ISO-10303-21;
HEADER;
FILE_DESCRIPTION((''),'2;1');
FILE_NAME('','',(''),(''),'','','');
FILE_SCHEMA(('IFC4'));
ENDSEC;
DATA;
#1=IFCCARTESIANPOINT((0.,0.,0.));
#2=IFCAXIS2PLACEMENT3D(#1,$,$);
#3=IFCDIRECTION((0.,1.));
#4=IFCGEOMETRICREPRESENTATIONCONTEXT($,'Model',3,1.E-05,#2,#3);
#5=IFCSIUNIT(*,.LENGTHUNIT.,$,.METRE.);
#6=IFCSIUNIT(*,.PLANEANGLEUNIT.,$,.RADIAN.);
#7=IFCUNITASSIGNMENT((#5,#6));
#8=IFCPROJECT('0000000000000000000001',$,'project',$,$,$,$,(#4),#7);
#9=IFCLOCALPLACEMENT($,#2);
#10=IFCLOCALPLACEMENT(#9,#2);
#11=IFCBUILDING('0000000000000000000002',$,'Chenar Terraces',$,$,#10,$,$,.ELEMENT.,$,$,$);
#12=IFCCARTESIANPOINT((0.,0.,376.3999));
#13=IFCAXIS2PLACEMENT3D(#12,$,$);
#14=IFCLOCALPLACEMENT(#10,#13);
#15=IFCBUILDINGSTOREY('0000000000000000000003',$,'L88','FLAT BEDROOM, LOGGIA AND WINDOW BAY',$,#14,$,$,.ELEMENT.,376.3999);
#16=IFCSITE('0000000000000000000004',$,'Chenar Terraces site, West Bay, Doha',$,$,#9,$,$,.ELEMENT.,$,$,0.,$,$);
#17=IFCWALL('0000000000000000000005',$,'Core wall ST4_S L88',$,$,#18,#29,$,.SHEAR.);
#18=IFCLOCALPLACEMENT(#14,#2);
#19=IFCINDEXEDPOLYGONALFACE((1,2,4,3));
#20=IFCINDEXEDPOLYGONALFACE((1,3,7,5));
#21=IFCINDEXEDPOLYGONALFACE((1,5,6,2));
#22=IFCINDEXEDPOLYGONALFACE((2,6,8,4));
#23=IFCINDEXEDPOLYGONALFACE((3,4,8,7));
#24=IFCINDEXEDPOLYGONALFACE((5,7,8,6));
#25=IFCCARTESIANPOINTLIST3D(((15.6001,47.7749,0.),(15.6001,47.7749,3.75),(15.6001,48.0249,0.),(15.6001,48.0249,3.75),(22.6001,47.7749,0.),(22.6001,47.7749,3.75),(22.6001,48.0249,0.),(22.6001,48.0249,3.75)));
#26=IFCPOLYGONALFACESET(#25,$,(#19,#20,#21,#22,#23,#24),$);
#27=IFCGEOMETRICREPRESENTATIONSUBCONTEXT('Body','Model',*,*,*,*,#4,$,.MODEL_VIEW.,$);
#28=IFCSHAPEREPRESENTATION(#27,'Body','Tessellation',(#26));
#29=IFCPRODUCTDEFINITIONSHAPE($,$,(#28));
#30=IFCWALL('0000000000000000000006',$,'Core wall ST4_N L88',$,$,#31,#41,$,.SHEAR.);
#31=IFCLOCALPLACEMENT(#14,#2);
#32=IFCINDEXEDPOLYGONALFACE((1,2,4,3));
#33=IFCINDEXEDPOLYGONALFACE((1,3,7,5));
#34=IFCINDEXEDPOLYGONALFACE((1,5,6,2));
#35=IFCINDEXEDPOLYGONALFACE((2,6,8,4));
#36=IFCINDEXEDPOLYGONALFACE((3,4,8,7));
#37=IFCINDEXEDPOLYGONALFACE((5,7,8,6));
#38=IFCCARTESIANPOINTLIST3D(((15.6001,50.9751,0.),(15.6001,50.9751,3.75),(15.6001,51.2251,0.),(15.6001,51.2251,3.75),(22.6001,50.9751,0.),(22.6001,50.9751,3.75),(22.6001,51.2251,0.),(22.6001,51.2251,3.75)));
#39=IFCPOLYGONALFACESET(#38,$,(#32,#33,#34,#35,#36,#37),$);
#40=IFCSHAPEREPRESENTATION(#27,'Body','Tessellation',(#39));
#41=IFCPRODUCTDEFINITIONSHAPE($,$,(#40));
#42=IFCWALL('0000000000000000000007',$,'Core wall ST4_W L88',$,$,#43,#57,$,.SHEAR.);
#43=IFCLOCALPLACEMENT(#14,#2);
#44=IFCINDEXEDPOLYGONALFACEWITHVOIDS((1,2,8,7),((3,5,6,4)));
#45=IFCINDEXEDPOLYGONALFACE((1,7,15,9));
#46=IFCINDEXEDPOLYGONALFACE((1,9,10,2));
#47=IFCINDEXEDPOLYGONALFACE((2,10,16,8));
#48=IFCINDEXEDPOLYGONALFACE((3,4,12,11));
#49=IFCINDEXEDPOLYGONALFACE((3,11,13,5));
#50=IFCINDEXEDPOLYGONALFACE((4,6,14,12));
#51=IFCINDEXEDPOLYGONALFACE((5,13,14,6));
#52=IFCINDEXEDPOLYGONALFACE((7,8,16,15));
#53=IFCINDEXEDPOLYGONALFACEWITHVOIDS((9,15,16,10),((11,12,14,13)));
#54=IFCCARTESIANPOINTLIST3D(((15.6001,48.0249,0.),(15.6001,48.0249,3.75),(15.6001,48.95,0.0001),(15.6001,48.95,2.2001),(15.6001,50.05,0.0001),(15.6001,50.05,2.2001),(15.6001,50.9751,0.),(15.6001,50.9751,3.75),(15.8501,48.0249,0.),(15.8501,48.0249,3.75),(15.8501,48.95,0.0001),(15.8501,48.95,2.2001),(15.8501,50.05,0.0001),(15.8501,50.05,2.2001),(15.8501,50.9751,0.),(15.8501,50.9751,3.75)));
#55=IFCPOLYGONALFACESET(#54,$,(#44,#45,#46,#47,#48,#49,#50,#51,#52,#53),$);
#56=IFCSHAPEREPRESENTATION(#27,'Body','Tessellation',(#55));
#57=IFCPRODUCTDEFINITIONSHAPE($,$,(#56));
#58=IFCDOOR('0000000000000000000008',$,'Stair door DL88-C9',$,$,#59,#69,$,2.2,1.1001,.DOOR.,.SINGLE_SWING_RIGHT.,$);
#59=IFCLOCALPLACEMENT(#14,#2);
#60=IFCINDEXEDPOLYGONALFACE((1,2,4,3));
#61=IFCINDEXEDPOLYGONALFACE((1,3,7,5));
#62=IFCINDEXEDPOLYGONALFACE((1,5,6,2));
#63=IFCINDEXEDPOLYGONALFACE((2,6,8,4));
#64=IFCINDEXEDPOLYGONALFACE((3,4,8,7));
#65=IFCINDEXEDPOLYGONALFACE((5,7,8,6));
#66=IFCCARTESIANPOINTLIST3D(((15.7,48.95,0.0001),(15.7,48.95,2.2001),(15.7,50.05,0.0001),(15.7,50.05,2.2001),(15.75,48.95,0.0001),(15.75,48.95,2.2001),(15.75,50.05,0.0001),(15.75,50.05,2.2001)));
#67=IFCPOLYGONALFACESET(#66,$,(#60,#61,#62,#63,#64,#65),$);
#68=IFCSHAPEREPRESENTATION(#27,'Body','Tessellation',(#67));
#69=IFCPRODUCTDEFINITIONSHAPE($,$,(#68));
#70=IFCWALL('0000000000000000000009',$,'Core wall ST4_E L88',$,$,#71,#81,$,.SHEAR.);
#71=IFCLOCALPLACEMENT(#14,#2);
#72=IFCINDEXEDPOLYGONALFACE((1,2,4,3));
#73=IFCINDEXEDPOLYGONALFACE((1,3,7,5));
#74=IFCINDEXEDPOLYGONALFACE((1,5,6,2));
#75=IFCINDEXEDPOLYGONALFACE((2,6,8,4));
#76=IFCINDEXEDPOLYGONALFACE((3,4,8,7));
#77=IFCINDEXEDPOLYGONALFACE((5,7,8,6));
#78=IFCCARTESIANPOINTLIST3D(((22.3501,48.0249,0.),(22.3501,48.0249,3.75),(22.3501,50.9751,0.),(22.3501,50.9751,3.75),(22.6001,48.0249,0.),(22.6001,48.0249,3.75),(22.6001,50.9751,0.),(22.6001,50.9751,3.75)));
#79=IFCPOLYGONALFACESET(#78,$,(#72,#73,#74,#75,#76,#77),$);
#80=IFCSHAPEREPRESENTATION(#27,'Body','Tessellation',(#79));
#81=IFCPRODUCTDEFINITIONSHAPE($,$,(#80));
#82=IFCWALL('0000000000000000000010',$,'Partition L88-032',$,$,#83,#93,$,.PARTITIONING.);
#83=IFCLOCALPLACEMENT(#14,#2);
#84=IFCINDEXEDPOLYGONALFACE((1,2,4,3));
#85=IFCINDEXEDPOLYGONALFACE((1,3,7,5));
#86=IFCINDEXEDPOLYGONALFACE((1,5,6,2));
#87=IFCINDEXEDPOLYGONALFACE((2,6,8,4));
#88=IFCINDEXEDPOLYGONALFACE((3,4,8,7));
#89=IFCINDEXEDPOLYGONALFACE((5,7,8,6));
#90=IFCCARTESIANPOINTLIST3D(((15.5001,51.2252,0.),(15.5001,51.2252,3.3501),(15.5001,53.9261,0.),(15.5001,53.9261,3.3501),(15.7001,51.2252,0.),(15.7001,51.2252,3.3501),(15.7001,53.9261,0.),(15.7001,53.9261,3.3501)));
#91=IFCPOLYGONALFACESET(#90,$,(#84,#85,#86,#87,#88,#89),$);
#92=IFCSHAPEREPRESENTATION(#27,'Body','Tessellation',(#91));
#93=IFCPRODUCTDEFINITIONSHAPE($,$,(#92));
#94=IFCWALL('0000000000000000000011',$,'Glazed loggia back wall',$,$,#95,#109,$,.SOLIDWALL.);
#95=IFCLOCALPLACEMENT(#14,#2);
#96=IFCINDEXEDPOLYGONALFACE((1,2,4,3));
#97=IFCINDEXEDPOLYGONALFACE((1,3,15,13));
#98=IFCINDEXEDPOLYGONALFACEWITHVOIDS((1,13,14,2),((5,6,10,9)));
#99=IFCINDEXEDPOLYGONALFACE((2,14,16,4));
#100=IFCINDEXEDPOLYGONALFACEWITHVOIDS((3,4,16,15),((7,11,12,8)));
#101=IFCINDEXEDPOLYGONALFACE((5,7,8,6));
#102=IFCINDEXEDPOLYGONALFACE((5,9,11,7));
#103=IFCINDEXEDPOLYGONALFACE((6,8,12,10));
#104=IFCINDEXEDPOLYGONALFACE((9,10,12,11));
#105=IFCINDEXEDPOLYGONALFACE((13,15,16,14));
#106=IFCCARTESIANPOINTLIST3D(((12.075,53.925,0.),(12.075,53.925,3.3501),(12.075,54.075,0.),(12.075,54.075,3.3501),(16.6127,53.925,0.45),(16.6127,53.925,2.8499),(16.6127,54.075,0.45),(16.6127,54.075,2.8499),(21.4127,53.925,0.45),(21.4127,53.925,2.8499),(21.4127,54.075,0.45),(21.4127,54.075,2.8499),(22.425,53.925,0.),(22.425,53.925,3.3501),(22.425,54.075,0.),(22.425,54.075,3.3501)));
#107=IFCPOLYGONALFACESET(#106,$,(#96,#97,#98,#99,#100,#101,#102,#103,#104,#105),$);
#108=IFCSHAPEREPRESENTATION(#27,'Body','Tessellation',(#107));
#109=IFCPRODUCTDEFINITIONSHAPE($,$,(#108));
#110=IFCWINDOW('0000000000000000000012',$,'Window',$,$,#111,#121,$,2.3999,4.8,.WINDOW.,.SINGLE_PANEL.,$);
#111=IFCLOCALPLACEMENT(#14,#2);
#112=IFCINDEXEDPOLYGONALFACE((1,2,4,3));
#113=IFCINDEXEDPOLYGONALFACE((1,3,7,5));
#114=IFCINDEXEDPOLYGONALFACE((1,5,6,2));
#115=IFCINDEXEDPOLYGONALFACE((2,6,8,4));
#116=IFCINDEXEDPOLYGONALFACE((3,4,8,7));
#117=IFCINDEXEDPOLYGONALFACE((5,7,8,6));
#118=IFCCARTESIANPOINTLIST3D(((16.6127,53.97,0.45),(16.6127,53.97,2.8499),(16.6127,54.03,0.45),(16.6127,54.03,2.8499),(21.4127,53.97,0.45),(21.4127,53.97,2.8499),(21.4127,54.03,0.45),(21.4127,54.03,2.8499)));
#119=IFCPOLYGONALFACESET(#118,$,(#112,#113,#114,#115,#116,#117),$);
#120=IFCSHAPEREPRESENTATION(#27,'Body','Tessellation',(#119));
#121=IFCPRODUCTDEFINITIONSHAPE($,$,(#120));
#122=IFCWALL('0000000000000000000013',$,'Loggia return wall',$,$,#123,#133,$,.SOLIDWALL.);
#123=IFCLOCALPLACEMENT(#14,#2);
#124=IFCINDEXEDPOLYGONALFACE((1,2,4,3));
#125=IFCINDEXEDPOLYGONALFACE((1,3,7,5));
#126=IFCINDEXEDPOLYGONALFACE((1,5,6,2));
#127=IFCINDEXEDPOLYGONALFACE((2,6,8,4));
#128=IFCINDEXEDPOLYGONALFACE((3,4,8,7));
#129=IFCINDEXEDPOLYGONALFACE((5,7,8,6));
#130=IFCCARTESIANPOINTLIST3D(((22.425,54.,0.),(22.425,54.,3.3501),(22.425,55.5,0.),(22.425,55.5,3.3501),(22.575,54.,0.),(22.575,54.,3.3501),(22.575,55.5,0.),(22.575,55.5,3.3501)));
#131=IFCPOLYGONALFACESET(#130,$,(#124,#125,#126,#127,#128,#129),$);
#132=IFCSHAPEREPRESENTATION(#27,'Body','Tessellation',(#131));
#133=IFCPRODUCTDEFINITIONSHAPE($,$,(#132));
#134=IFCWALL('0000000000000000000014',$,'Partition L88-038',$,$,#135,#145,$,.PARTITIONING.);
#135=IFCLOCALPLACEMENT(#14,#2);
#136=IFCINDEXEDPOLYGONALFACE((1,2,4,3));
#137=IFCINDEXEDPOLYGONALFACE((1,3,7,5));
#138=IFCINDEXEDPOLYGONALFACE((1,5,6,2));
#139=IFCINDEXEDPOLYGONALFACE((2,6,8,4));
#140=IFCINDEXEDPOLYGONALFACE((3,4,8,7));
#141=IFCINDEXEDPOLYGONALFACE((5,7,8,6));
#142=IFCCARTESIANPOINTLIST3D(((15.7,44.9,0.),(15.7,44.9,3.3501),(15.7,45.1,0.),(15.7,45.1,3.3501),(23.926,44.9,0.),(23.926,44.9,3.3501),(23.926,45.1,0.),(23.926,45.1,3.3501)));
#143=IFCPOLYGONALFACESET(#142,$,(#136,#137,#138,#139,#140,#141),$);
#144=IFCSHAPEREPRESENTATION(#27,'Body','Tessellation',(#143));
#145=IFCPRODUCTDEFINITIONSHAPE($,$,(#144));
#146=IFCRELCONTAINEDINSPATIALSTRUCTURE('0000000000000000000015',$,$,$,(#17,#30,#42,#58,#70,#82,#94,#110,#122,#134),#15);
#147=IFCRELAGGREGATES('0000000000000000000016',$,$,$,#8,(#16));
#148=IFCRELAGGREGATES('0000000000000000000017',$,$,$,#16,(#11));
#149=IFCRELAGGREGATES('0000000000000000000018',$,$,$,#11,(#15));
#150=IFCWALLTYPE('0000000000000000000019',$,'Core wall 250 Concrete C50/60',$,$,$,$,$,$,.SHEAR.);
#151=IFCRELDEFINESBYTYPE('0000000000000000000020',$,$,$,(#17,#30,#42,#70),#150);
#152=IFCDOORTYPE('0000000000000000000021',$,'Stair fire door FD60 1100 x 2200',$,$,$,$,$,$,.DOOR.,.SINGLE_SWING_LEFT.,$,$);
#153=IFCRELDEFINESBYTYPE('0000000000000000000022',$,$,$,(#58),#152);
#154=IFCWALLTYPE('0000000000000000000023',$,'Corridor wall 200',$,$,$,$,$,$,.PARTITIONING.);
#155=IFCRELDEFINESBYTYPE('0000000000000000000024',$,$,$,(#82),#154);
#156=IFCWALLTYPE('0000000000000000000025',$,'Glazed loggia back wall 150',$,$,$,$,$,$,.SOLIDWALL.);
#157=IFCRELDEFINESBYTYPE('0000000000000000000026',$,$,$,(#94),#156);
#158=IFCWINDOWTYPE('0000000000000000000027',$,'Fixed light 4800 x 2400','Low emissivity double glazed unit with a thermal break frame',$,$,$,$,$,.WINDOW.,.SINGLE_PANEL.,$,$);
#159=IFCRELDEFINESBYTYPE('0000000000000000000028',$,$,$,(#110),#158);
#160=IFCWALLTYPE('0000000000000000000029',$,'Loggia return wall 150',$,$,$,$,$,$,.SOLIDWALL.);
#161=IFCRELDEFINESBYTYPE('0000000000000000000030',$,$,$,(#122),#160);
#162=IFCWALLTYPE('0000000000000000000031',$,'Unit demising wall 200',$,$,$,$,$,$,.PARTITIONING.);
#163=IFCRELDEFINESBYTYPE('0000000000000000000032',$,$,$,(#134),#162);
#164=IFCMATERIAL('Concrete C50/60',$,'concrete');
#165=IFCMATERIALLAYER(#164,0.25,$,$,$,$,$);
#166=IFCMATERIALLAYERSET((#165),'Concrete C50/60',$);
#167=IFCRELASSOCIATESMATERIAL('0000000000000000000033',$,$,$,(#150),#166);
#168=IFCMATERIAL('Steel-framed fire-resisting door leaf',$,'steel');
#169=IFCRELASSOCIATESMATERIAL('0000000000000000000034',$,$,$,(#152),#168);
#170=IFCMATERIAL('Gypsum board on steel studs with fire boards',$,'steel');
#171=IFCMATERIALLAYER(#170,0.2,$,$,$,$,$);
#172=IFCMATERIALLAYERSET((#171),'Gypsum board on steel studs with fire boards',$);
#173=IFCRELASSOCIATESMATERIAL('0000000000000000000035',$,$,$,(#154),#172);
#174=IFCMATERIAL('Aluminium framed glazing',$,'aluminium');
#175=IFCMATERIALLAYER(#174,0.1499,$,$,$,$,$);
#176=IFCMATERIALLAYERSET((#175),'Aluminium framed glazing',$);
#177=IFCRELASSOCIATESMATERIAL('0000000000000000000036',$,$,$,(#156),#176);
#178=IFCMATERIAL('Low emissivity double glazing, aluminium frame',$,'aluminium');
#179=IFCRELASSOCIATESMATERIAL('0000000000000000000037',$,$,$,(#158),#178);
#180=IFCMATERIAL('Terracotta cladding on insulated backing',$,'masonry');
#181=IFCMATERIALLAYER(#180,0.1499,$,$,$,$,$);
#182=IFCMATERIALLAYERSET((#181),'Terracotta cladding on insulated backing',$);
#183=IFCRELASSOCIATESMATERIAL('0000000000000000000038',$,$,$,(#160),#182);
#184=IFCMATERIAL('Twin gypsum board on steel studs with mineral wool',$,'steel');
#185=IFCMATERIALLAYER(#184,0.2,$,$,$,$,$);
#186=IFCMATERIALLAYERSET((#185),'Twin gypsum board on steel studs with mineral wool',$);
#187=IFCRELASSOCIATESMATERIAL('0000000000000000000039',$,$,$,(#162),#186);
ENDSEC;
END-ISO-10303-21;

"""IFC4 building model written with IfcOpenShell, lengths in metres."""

from ifc_helpers import new_model, si_unit, direction, frame, frame_2d, origin, place, context, subcontext, project, spatial, rectangle, extrude, material, layer, layer_set, type_object, element, fill, save


model = new_model("IFC4")

# Units and contexts
model_context = context("Model", 3, precision=1e-05, world=origin(), true_north=direction((0.0, 1.0)))
body_context = subcontext(model_context, "Body", "Model", "MODEL_VIEW")
ifc_project = project(units=[si_unit("LENGTHUNIT", "METRE"), si_unit("PLANEANGLEUNIT", "RADIAN")], contexts=[model_context])

# Site, building, storey
site_placement = place(None, origin())
site = spatial("IfcSite", under=ifc_project, at=site_placement, Name="Chenar Terraces site, West Bay, Doha", CompositionType="ELEMENT", RefElevation=0.0)
building_placement = place(site_placement, origin())
building = spatial("IfcBuilding", under=site, at=building_placement, Name="Chenar Terraces", CompositionType="ELEMENT")
storey_placement = place(building_placement, frame((0.0, 0.0, 376.3999)))
storey = spatial("IfcBuildingStorey", under=building, at=storey_placement, Name="L88", Description="FLAT BEDROOM, LOGGIA AND WINDOW BAY", CompositionType="ELEMENT", Elevation=376.3999)

# Walls
ifc_material_1 = material(Name="Concrete C50/60", Category="concrete")
ifc_layer_1 = layer(ifc_material_1, 0.25)
ifc_layer_set_1 = layer_set([ifc_layer_1], Name="Concrete C50/60")
wall_type_1 = type_object("IfcWallType", Name="Core wall 250 Concrete C50/60", PredefinedType="SHEAR", material=ifc_layer_set_1)
for number, where, z_axis, x_axis, name in (
    (1, (15.6001, 47.8999, 0.0), (0.0, 0.0, 1.0), (1.0, 0.0, 0.0), "Core wall ST4_S L88"),
    (2, (15.6001, 51.1001, 0.0), (0.0, 0.0, 1.0), (1.0, 0.0, 0.0), "Core wall ST4_N L88"),
):
    element("IfcWall", number, at=place(storey_placement, frame(where, z_axis=z_axis, x_axis=x_axis)), inside=storey, type_object=wall_type_1, Name=name, PredefinedType="SHEAR", context=body_context, shape_type="SweptSolid", body=[
        extrude(rectangle(XDim=7.0, YDim=0.25, at=frame_2d((3.5, 0.0))), origin(), (0.0, 0.0, 1.0), 3.75),
    ])

# Wall, opening, door
wall_1_placement = place(storey_placement, frame((15.7251, 48.0249, 0.0), z_axis=(0.0, 0.0, 1.0), x_axis=(0.0, 1.0, 0.0)))
wall_1 = element("IfcWall", 3, at=wall_1_placement, inside=storey, type_object=wall_type_1, Name="Core wall ST4_W L88", PredefinedType="SHEAR", context=body_context, shape_type="SweptSolid", body=[
    extrude(rectangle(XDim=2.9502, YDim=0.25, at=frame_2d((1.4751, 0.0))), origin(), (0.0, 0.0, 1.0), 3.75),
])
opening_1_placement = place(wall_1_placement, frame((0.925, 0.0, 0.0)))
opening_1 = element("IfcOpeningElement", 4, at=opening_1_placement, cuts=wall_1, PredefinedType="OPENING", context=body_context, shape_type="SweptSolid", body=[
    extrude(rectangle(XDim=1.1001, YDim=2.2, at=frame_2d((0.55, 1.1001))), frame((0.0, 0.135, 0.0), z_axis=(0.0, -1.0, 0.0), x_axis=(1.0, 0.0, 0.0)), (0.0, 0.0, 1.0), 0.27),
])
ifc_material_2 = material(Name="Steel-framed fire-resisting door leaf", Category="steel")
door_type = type_object("IfcDoorType", Name="Stair fire door FD60 1100 x 2200", OperationType="SINGLE_SWING_LEFT", PredefinedType="DOOR", material=ifc_material_2)
door_placement = place(opening_1_placement, frame((1.1001, 0.0, 0.0), z_axis=(0.0, 0.0, 1.0), x_axis=(-1.0, 0.0, 0.0)))
door = element("IfcDoor", 5, at=door_placement, inside=storey, type_object=door_type, Name="Stair door DL88-C9", OperationType="SINGLE_SWING_RIGHT", OverallHeight=2.2, OverallWidth=1.1001, PredefinedType="DOOR", context=body_context, shape_type="SweptSolid", body=[
    extrude(rectangle(XDim=1.1001, YDim=2.2, at=frame_2d((0.55, 1.1001))), frame((0.0, 0.0249, 0.0), z_axis=(0.0, -1.0, 0.0), x_axis=(1.0, 0.0, 0.0)), (0.0, 0.0, 1.0), 0.05),
])
fill(opening_1, door)

# Walls
wall_2_placement = place(storey_placement, frame((22.4751, 48.0249, 0.0), z_axis=(0.0, 0.0, 1.0), x_axis=(0.0, 1.0, 0.0)))
element("IfcWall", 6, at=wall_2_placement, inside=storey, type_object=wall_type_1, Name="Core wall ST4_E L88", PredefinedType="SHEAR", context=body_context, shape_type="SweptSolid", body=[
    extrude(rectangle(XDim=2.9502, YDim=0.25, at=frame_2d((1.4751, 0.0))), origin(), (0.0, 0.0, 1.0), 3.75),
])
ifc_material_3 = material(Name="Gypsum board on steel studs with fire boards", Category="steel")
ifc_layer_2 = layer(ifc_material_3, 0.2)
ifc_layer_set_2 = layer_set([ifc_layer_2], Name="Gypsum board on steel studs with fire boards")
wall_type_2 = type_object("IfcWallType", Name="Corridor wall 200", PredefinedType="PARTITIONING", material=ifc_layer_set_2)
wall_3_placement = place(storey_placement, frame((15.6001, 51.2251, 0.0), z_axis=(0.0, 0.0, 1.0), x_axis=(0.0, 1.0, 0.0)))
element("IfcWall", 7, at=wall_3_placement, inside=storey, type_object=wall_type_2, Name="Partition L88-032", PredefinedType="PARTITIONING", context=body_context, shape_type="SweptSolid", body=[
    extrude(rectangle(XDim=2.7009, YDim=0.2, at=frame_2d((1.3506, 0.0))), origin(), (0.0, 0.0, 1.0), 3.3501),
])

# Wall, opening, window
ifc_material_4 = material(Name="Aluminium framed glazing", Category="aluminium")
ifc_layer_3 = layer(ifc_material_4, 0.1499)
ifc_layer_set_3 = layer_set([ifc_layer_3], Name="Aluminium framed glazing")
wall_type_3 = type_object("IfcWallType", Name="Glazed loggia back wall 150", PredefinedType="SOLIDWALL", material=ifc_layer_set_3)
wall_4_placement = place(storey_placement, frame((22.425, 54.0, 0.0), z_axis=(0.0, 0.0, 1.0), x_axis=(-1.0, 0.0, 0.0)))
wall_4 = element("IfcWall", 8, at=wall_4_placement, inside=storey, type_object=wall_type_3, Name="Glazed loggia back wall", PredefinedType="SOLIDWALL", context=body_context, shape_type="SweptSolid", body=[
    extrude(rectangle(XDim=10.3501, YDim=0.1499, at=frame_2d((5.175, 0.0))), origin(), (0.0, 0.0, 1.0), 3.3501),
])
opening_2_placement = place(wall_4_placement, frame((1.0125, 0.0, 0.45)))
opening_2 = element("IfcOpeningElement", 9, at=opening_2_placement, cuts=wall_4, PredefinedType="OPENING", context=body_context, shape_type="SweptSolid", body=[
    extrude(rectangle(XDim=4.8, YDim=2.3999, at=frame_2d((2.3999, 1.2))), frame((0.0, 0.085, 0.0), z_axis=(0.0, -1.0, 0.0), x_axis=(1.0, 0.0, 0.0)), (0.0, 0.0, 1.0), 0.1699),
])
ifc_material_5 = material(Name="Low emissivity double glazing, aluminium frame", Category="aluminium")
window_type = type_object("IfcWindowType", Name="Fixed light 4800 x 2400", Description="Low emissivity double glazed unit with a thermal break frame", PartitioningType="SINGLE_PANEL", PredefinedType="WINDOW", material=ifc_material_5)
window_placement = place(opening_2_placement, origin())
window = element("IfcWindow", 10, at=window_placement, inside=storey, type_object=window_type, Name="Window", OverallHeight=2.3999, OverallWidth=4.8, PartitioningType="SINGLE_PANEL", PredefinedType="WINDOW", context=body_context, shape_type="SweptSolid", body=[
    extrude(rectangle(XDim=4.8, YDim=2.3999, at=frame_2d((2.3999, 1.2))), frame((0.0, 0.03, 0.0), z_axis=(0.0, -1.0, 0.0), x_axis=(1.0, 0.0, 0.0)), (0.0, 0.0, 1.0), 0.0601),
])
fill(opening_2, window)

# Walls
ifc_material_6 = material(Name="Terracotta cladding on insulated backing", Category="masonry")
ifc_layer_4 = layer(ifc_material_6, 0.1499)
ifc_layer_set_4 = layer_set([ifc_layer_4], Name="Terracotta cladding on insulated backing")
wall_type_4 = type_object("IfcWallType", Name="Loggia return wall 150", PredefinedType="SOLIDWALL", material=ifc_layer_set_4)
wall_5_placement = place(storey_placement, frame((22.5, 55.5, 0.0), z_axis=(0.0, 0.0, 1.0), x_axis=(0.0, -1.0, 0.0)))
element("IfcWall", 11, at=wall_5_placement, inside=storey, type_object=wall_type_4, Name="Loggia return wall", PredefinedType="SOLIDWALL", context=body_context, shape_type="SweptSolid", body=[
    extrude(rectangle(XDim=1.5, YDim=0.1499, at=frame_2d((0.75, 0.0))), origin(), (0.0, 0.0, 1.0), 3.3501),
])
ifc_material_7 = material(Name="Twin gypsum board on steel studs with mineral wool", Category="steel")
ifc_layer_5 = layer(ifc_material_7, 0.2)
ifc_layer_set_5 = layer_set([ifc_layer_5], Name="Twin gypsum board on steel studs with mineral wool")
wall_type_5 = type_object("IfcWallType", Name="Unit demising wall 200", PredefinedType="PARTITIONING", material=ifc_layer_set_5)
wall_6_placement = place(storey_placement, frame((15.7, 45.0, 0.0), z_axis=(0.0, 0.0, 1.0), x_axis=(1.0, 0.0, 0.0)))
element("IfcWall", 12, at=wall_6_placement, inside=storey, type_object=wall_type_5, Name="Partition L88-038", PredefinedType="PARTITIONING", context=body_context, shape_type="SweptSolid", body=[
    extrude(rectangle(XDim=8.2261, YDim=0.2, at=frame_2d((4.113, 0.0))), origin(), (0.0, 0.0, 1.0), 3.3501),
])

save(model, "model.ifc")
